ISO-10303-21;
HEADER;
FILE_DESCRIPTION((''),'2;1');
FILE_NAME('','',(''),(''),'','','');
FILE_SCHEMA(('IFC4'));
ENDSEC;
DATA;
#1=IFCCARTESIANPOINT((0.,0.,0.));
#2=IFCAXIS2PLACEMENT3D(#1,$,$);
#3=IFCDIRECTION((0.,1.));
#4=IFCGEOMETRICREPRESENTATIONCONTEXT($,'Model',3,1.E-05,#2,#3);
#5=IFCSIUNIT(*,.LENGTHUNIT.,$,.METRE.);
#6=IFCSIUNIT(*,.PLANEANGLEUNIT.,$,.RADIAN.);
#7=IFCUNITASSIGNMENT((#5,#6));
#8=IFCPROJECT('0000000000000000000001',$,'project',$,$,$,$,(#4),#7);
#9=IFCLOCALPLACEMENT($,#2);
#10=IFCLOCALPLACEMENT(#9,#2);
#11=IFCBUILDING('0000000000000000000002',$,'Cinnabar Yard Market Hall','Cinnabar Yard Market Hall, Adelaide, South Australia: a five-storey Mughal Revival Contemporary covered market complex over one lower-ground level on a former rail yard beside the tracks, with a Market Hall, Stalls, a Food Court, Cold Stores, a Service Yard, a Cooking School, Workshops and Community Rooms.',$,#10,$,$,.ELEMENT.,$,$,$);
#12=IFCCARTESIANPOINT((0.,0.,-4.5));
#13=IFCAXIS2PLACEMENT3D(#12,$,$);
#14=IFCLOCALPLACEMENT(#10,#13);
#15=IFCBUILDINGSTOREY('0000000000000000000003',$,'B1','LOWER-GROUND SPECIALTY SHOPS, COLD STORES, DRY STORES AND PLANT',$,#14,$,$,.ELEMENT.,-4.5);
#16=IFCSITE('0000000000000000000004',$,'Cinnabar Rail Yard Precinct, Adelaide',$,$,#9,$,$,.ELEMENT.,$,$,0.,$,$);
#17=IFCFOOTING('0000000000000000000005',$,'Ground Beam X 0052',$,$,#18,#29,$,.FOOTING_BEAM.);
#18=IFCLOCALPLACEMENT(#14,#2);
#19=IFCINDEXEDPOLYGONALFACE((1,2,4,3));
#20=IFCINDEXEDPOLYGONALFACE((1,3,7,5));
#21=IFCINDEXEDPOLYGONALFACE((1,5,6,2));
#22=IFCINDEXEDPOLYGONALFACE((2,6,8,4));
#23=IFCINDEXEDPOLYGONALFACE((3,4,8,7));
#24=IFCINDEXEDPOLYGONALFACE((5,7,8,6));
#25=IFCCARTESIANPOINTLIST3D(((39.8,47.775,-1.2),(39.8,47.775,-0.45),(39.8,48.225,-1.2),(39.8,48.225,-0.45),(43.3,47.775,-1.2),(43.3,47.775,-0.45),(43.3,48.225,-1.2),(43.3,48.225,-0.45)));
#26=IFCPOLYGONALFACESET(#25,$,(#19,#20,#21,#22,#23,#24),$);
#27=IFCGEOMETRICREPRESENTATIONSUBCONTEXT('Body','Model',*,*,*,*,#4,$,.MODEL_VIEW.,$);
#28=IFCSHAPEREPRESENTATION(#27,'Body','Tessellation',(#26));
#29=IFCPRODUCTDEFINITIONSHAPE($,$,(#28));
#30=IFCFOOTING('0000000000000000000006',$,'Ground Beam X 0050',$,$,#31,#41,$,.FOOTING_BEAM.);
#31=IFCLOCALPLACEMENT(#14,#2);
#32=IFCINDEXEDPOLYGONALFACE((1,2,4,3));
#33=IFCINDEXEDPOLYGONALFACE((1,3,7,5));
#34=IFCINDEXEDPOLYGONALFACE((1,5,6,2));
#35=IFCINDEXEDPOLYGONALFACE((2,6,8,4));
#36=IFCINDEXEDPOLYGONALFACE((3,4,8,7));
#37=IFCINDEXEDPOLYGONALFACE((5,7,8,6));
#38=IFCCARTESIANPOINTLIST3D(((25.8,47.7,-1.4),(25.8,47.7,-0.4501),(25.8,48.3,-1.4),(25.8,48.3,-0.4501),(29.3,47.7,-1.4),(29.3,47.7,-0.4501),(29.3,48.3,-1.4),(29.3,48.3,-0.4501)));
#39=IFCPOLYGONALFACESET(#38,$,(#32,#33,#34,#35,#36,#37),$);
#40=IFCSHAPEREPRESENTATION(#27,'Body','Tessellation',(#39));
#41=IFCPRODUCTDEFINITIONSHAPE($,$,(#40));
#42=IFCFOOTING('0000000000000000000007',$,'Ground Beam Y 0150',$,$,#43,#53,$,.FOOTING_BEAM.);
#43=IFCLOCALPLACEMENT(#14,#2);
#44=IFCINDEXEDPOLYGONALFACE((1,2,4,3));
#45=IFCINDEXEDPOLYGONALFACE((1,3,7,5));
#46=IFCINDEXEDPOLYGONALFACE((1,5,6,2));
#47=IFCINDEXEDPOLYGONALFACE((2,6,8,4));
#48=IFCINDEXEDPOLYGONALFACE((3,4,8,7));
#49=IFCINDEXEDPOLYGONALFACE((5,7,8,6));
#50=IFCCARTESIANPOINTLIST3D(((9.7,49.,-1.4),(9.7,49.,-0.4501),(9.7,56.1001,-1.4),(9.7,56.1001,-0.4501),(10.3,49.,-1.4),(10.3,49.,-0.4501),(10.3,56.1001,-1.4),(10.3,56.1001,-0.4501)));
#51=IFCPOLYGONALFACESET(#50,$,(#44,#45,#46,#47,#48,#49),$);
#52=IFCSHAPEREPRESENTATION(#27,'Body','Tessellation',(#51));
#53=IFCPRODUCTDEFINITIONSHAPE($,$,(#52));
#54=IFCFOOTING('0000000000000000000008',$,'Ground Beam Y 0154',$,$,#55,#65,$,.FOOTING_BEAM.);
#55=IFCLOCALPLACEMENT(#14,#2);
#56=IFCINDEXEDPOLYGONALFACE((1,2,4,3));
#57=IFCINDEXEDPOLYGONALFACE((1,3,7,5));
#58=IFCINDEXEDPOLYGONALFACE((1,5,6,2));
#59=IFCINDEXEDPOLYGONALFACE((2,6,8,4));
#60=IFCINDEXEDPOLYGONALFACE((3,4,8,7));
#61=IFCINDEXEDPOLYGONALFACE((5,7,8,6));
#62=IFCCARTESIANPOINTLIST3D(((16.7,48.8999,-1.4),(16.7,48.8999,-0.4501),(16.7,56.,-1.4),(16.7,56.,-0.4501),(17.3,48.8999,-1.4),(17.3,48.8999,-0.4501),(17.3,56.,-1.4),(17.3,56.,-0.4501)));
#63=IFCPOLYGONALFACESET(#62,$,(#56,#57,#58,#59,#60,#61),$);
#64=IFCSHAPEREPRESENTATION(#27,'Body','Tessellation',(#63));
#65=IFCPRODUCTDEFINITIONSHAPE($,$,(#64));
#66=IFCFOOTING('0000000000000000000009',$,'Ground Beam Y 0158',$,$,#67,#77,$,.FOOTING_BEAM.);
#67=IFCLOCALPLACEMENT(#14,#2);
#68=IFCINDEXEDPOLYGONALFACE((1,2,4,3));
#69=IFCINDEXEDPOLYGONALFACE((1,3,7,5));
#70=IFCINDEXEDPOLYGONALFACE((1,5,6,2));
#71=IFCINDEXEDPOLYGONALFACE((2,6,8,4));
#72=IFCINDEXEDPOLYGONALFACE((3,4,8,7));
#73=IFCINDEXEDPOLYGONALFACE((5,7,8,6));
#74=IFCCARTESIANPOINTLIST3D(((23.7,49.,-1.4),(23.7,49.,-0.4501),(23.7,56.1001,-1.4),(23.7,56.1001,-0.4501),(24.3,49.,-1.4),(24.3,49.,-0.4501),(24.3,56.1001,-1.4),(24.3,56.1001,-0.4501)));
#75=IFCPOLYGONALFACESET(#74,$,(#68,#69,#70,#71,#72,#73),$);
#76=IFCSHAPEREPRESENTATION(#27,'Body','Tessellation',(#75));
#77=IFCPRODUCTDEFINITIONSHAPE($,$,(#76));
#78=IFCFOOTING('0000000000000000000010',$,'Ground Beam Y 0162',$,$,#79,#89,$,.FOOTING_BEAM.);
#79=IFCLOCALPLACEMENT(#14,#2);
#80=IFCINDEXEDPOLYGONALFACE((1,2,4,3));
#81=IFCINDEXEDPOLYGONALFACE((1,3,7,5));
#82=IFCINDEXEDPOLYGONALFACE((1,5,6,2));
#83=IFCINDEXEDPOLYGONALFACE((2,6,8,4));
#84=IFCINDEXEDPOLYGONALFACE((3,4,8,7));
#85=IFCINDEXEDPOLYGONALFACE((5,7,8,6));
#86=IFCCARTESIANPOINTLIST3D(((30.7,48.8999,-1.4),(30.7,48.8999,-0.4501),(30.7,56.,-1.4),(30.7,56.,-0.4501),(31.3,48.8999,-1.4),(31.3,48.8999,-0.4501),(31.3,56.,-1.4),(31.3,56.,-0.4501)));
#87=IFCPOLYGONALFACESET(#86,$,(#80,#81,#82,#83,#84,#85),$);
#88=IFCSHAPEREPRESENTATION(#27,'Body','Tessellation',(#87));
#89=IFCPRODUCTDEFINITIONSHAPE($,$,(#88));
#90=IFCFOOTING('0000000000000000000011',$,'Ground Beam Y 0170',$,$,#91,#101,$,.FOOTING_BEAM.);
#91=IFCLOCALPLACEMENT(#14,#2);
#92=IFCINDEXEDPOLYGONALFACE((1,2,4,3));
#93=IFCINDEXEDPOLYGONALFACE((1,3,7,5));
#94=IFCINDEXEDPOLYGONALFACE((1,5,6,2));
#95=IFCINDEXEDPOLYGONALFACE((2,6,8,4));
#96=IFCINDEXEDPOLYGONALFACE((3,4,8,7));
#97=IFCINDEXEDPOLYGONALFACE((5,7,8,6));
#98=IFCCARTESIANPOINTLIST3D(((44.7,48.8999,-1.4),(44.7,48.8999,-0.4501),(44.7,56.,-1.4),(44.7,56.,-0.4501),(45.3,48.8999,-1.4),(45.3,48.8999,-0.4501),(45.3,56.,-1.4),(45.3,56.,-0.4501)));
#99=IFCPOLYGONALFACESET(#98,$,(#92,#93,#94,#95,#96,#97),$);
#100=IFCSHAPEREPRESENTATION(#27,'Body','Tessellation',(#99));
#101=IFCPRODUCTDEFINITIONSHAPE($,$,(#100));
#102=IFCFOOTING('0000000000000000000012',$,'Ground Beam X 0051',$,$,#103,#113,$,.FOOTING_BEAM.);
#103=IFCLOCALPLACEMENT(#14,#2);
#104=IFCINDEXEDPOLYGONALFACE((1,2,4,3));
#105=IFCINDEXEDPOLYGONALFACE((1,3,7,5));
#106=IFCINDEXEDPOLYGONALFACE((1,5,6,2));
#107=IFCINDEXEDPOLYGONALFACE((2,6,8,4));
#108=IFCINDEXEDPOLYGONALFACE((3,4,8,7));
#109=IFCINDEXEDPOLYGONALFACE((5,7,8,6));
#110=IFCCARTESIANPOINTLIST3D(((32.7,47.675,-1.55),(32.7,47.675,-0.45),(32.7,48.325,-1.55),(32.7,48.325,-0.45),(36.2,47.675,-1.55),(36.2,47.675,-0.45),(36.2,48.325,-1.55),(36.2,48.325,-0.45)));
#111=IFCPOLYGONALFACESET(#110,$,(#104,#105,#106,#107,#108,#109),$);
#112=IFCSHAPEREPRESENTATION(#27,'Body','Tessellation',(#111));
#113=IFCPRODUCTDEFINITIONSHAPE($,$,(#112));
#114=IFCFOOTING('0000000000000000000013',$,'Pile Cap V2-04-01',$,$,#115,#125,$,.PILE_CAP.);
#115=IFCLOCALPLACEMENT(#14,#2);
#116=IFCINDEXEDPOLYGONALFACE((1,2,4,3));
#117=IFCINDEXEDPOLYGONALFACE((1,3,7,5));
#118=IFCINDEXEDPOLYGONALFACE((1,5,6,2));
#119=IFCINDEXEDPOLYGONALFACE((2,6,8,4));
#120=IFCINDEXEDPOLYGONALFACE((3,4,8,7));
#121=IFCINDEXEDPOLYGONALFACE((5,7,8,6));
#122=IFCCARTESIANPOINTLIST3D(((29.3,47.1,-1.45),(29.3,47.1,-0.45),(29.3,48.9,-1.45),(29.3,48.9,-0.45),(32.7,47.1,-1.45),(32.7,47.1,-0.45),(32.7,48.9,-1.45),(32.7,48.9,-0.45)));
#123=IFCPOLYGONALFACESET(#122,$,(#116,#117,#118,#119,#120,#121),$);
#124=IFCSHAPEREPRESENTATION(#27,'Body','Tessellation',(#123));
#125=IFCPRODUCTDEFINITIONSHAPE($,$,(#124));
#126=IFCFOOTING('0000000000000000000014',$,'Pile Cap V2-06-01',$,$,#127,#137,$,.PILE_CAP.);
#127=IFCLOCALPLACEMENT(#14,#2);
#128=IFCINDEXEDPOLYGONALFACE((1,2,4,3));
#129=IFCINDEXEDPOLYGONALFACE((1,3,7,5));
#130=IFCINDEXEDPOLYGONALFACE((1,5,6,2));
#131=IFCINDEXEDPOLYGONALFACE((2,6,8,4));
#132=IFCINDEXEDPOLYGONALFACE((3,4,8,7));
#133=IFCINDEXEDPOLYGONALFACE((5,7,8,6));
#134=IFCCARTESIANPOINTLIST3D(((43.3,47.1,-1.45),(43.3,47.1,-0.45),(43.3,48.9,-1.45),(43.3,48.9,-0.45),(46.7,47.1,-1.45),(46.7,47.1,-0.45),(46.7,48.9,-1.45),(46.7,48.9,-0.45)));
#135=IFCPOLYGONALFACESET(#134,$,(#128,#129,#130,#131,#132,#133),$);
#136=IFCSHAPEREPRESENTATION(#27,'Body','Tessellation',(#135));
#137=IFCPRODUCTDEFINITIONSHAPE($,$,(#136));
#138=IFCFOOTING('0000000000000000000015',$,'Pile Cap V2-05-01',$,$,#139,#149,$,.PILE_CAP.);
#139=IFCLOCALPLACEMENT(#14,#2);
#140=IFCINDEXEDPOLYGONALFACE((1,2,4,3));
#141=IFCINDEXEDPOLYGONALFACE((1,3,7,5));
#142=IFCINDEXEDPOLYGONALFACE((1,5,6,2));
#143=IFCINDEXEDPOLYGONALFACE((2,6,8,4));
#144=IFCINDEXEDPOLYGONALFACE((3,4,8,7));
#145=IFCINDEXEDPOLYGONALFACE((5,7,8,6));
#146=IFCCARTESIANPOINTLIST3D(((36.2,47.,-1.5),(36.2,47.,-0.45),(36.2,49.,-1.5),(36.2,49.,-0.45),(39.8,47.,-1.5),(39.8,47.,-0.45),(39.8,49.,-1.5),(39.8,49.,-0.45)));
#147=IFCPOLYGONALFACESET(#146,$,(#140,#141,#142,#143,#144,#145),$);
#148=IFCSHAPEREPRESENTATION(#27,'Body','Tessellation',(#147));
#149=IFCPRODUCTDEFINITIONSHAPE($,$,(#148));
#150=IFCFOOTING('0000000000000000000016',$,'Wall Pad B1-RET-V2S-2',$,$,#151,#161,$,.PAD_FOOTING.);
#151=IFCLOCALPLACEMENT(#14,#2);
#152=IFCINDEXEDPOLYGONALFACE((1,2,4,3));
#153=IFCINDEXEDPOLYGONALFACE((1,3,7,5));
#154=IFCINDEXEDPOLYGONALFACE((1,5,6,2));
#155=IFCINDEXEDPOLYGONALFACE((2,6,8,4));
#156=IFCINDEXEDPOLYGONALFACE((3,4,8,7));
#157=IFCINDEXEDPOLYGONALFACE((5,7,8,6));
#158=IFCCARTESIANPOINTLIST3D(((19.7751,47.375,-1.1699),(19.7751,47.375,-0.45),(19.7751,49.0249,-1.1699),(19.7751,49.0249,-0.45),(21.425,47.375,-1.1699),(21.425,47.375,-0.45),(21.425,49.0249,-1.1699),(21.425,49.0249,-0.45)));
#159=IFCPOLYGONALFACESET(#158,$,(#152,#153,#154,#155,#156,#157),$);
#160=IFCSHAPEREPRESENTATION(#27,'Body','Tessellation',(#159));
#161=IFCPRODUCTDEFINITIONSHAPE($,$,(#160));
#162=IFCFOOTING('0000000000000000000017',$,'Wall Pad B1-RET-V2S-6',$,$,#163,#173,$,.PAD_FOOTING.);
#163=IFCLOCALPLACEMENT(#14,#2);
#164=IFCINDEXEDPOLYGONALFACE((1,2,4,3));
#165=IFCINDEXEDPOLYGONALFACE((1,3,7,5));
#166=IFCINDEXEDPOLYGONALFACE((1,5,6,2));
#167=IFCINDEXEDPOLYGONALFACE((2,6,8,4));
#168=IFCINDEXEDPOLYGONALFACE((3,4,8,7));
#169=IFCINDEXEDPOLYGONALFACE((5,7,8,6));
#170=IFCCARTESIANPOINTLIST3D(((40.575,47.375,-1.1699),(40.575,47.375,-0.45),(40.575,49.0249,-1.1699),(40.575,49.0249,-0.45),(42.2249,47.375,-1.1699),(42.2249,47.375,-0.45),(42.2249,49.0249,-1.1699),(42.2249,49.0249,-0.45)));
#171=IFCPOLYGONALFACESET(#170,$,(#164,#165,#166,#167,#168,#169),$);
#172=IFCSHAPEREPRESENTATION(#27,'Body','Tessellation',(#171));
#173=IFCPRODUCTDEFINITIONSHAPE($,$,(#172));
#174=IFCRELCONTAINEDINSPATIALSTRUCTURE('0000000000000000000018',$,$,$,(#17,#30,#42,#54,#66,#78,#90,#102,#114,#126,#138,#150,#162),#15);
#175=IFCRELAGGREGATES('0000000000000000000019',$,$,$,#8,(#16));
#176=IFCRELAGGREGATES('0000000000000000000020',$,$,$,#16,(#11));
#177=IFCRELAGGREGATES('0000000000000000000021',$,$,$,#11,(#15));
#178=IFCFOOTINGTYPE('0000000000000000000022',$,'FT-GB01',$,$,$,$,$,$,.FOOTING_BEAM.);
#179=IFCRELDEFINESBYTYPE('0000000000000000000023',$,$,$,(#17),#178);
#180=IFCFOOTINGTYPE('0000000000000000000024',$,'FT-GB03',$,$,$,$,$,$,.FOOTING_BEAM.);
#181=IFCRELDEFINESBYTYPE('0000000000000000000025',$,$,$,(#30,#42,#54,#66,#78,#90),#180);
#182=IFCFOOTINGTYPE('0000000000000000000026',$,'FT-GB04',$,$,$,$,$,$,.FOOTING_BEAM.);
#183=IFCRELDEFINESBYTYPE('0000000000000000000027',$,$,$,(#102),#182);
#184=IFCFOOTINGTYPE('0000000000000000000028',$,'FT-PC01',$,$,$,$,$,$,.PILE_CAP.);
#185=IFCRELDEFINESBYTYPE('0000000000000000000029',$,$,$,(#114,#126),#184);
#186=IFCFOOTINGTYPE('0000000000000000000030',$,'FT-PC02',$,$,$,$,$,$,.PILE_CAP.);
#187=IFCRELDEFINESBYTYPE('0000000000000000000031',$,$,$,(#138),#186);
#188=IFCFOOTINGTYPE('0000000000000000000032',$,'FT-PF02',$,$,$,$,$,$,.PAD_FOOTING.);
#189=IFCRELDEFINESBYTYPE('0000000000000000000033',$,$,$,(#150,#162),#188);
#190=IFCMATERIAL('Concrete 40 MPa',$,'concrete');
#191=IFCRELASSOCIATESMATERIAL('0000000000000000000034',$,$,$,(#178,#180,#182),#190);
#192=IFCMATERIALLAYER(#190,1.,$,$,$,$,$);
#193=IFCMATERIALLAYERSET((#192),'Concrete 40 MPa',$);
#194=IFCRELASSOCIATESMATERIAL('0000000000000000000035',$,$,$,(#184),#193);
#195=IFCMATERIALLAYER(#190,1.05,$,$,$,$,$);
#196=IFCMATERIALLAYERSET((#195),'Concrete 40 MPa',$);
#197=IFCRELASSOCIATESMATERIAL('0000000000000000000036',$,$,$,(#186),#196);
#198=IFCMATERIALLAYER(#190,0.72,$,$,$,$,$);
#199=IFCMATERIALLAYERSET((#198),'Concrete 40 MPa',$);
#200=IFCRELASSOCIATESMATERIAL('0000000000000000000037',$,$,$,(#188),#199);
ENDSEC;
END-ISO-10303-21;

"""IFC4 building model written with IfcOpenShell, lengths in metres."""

from ifc_helpers import new_model, si_unit, direction, frame, origin, origin_2d_with_axis, place, context, subcontext, project, spatial, rectangle, extrude, material, layer, layer_set, material_profile, profile_set, type_object, element, save


model = new_model("IFC4")

# Units and contexts
model_context = context("Model", 3, precision=1e-05, world=origin(), true_north=direction((0.0, 1.0)))
body_context = subcontext(model_context, "Body", "Model", "MODEL_VIEW")
ifc_project = project(units=[si_unit("LENGTHUNIT", "METRE"), si_unit("PLANEANGLEUNIT", "RADIAN")], contexts=[model_context])

# Site, building, storey
site_placement = place(None, origin())
site = spatial("IfcSite", under=ifc_project, at=site_placement, Name="Cinnabar Rail Yard Precinct, Adelaide", CompositionType="ELEMENT", RefElevation=0.0)
building_placement = place(site_placement, origin())
building = spatial("IfcBuilding", under=site, at=building_placement, Name="Cinnabar Yard Market Hall", Description="Cinnabar Yard Market Hall, Adelaide, South Australia: a five-storey Mughal Revival Contemporary covered market complex over one lower-ground level on a former rail yard beside the tracks, with a Market Hall, Stalls, a Food Court, Cold Stores, a Service Yard, a Cooking School, Workshops and Community Rooms.", CompositionType="ELEMENT")
storey_placement = place(building_placement, frame((0.0, 0.0, -4.5)))
storey = spatial("IfcBuildingStorey", under=building, at=storey_placement, Name="B1", Description="LOWER-GROUND SPECIALTY SHOPS, COLD STORES, DRY STORES AND PLANT", CompositionType="ELEMENT", Elevation=-4.5)

# Footings
ifc_material_1 = material(Name="Concrete 40 MPa", Category="concrete")
ifc_material_profile_1 = material_profile(ifc_material_1, rectangle(XDim=0.45, YDim=0.75, at=origin_2d_with_axis()), Name="GB-450x750")
ifc_profile_set_1 = profile_set([ifc_material_profile_1], Name="Concrete 40 MPa")
footing_type_1 = type_object("IfcFootingType", Name="FT-GB01", PredefinedType="FOOTING_BEAM", material=ifc_profile_set_1)
footing_1_placement = place(storey_placement, frame((39.8, 48.0, -0.825), z_axis=(1.0, 0.0, 0.0), x_axis=(0.0, 1.0, 0.0)))
element("IfcFooting", 1, at=footing_1_placement, inside=storey, type_object=footing_type_1, Name="Ground Beam X 0052", PredefinedType="FOOTING_BEAM", context=body_context, shape_type="SweptSolid", body=[
    extrude(rectangle(XDim=0.45, YDim=0.75, at=origin_2d_with_axis()), origin(), (0.0, 0.0, 1.0), 3.5),
])
ifc_material_profile_2 = material_profile(ifc_material_1, rectangle(XDim=0.6001, YDim=0.95, at=origin_2d_with_axis()), Name="GB-600x950")
ifc_profile_set_2 = profile_set([ifc_material_profile_2], Name="Concrete 40 MPa")
footing_type_2 = type_object("IfcFootingType", Name="FT-GB03", PredefinedType="FOOTING_BEAM", material=ifc_profile_set_2)
footing_2_placement = place(storey_placement, frame((25.8, 48.0, -0.925), z_axis=(1.0, 0.0, 0.0), x_axis=(0.0, 1.0, 0.0)))
element("IfcFooting", 2, at=footing_2_placement, inside=storey, type_object=footing_type_2, Name="Ground Beam X 0050", PredefinedType="FOOTING_BEAM", context=body_context, shape_type="SweptSolid", body=[
    extrude(rectangle(XDim=0.6001, YDim=0.95, at=origin_2d_with_axis()), origin(), (0.0, 0.0, 1.0), 3.5),
])
for number, where, z_axis, x_axis, name in (
    (3, (10.0, 49.0, -0.925), (0.0, 1.0, 0.0), (-1.0, 0.0, 0.0), "Ground Beam Y 0150"),
    (4, (17.0, 48.8999, -0.925), (0.0, 1.0, 0.0), (-1.0, 0.0, 0.0), "Ground Beam Y 0154"),
    (5, (24.0, 49.0, -0.925), (0.0, 1.0, 0.0), (-1.0, 0.0, 0.0), "Ground Beam Y 0158"),
    (6, (31.0, 48.8999, -0.925), (0.0, 1.0, 0.0), (-1.0, 0.0, 0.0), "Ground Beam Y 0162"),
    (7, (45.0, 48.8999, -0.925), (0.0, 1.0, 0.0), (-1.0, 0.0, 0.0), "Ground Beam Y 0170"),
):
    element("IfcFooting", number, at=place(storey_placement, frame(where, z_axis=z_axis, x_axis=x_axis)), inside=storey, type_object=footing_type_2, Name=name, PredefinedType="FOOTING_BEAM", context=body_context, shape_type="SweptSolid", body=[
        extrude(rectangle(XDim=0.6001, YDim=0.95, at=origin_2d_with_axis()), origin(), (0.0, 0.0, 1.0), 7.1001),
    ])
ifc_material_profile_3 = material_profile(ifc_material_1, rectangle(XDim=0.6499, YDim=1.1001, at=origin_2d_with_axis()), Name="GB-650x1100")
ifc_profile_set_3 = profile_set([ifc_material_profile_3], Name="Concrete 40 MPa")
footing_type_3 = type_object("IfcFootingType", Name="FT-GB04", PredefinedType="FOOTING_BEAM", material=ifc_profile_set_3)
footing_3_placement = place(storey_placement, frame((32.7, 48.0, -1.0), z_axis=(1.0, 0.0, 0.0), x_axis=(0.0, 1.0, 0.0)))
element("IfcFooting", 8, at=footing_3_placement, inside=storey, type_object=footing_type_3, Name="Ground Beam X 0051", PredefinedType="FOOTING_BEAM", context=body_context, shape_type="SweptSolid", body=[
    extrude(rectangle(XDim=0.6499, YDim=1.1001, at=origin_2d_with_axis()), origin(), (0.0, 0.0, 1.0), 3.5),
])
ifc_layer_1 = layer(ifc_material_1, 1.0)
ifc_layer_set_1 = layer_set([ifc_layer_1], Name="Concrete 40 MPa")
footing_type_4 = type_object("IfcFootingType", Name="FT-PC01", PredefinedType="PILE_CAP", material=ifc_layer_set_1)
for number, where, z_axis, x_axis, name in (
    (9, (31.0, 48.0, -1.45), (0.0, 0.0, 1.0), (1.0, 0.0, 0.0), "Pile Cap V2-04-01"),
    (10, (45.0, 48.0, -1.45), (0.0, 0.0, 1.0), (1.0, 0.0, 0.0), "Pile Cap V2-06-01"),
):
    element("IfcFooting", number, at=place(storey_placement, frame(where, z_axis=z_axis, x_axis=x_axis)), inside=storey, type_object=footing_type_4, Name=name, PredefinedType="PILE_CAP", context=body_context, shape_type="SweptSolid", body=[
        extrude(rectangle(XDim=3.3999, YDim=1.8, at=origin_2d_with_axis()), origin(), (0.0, 0.0, 1.0), 1.0),
    ])
ifc_layer_2 = layer(ifc_material_1, 1.05)
ifc_layer_set_2 = layer_set([ifc_layer_2], Name="Concrete 40 MPa")
footing_type_5 = type_object("IfcFootingType", Name="FT-PC02", PredefinedType="PILE_CAP", material=ifc_layer_set_2)
footing_4_placement = place(storey_placement, frame((38.0, 48.0, -1.5), z_axis=(0.0, 0.0, 1.0), x_axis=(1.0, 0.0, 0.0)))
element("IfcFooting", 11, at=footing_4_placement, inside=storey, type_object=footing_type_5, Name="Pile Cap V2-05-01", PredefinedType="PILE_CAP", context=body_context, shape_type="SweptSolid", body=[
    extrude(rectangle(XDim=3.6001, YDim=2.0, at=origin_2d_with_axis()), origin(), (0.0, 0.0, 1.0), 1.05),
])
ifc_layer_3 = layer(ifc_material_1, 0.72)
ifc_layer_set_3 = layer_set([ifc_layer_3], Name="Concrete 40 MPa")
footing_type_6 = type_object("IfcFootingType", Name="FT-PF02", PredefinedType="PAD_FOOTING", material=ifc_layer_set_3)
for number, where, z_axis, x_axis, name in (
    (12, (20.6001, 48.2, -1.1699), (0.0, 0.0, 1.0), (1.0, 0.0, 0.0), "Wall Pad B1-RET-V2S-2"),
    (13, (41.3999, 48.2, -1.1699), (0.0, 0.0, 1.0), (1.0, 0.0, 0.0), "Wall Pad B1-RET-V2S-6"),
):
    element("IfcFooting", number, at=place(storey_placement, frame(where, z_axis=z_axis, x_axis=x_axis)), inside=storey, type_object=footing_type_6, Name=name, PredefinedType="PAD_FOOTING", context=body_context, shape_type="SweptSolid", body=[
        extrude(rectangle(XDim=1.6499, YDim=1.6499, at=origin_2d_with_axis()), origin(), (0.0, 0.0, 1.0), 0.72),
    ])

save(model, "model.ifc")
